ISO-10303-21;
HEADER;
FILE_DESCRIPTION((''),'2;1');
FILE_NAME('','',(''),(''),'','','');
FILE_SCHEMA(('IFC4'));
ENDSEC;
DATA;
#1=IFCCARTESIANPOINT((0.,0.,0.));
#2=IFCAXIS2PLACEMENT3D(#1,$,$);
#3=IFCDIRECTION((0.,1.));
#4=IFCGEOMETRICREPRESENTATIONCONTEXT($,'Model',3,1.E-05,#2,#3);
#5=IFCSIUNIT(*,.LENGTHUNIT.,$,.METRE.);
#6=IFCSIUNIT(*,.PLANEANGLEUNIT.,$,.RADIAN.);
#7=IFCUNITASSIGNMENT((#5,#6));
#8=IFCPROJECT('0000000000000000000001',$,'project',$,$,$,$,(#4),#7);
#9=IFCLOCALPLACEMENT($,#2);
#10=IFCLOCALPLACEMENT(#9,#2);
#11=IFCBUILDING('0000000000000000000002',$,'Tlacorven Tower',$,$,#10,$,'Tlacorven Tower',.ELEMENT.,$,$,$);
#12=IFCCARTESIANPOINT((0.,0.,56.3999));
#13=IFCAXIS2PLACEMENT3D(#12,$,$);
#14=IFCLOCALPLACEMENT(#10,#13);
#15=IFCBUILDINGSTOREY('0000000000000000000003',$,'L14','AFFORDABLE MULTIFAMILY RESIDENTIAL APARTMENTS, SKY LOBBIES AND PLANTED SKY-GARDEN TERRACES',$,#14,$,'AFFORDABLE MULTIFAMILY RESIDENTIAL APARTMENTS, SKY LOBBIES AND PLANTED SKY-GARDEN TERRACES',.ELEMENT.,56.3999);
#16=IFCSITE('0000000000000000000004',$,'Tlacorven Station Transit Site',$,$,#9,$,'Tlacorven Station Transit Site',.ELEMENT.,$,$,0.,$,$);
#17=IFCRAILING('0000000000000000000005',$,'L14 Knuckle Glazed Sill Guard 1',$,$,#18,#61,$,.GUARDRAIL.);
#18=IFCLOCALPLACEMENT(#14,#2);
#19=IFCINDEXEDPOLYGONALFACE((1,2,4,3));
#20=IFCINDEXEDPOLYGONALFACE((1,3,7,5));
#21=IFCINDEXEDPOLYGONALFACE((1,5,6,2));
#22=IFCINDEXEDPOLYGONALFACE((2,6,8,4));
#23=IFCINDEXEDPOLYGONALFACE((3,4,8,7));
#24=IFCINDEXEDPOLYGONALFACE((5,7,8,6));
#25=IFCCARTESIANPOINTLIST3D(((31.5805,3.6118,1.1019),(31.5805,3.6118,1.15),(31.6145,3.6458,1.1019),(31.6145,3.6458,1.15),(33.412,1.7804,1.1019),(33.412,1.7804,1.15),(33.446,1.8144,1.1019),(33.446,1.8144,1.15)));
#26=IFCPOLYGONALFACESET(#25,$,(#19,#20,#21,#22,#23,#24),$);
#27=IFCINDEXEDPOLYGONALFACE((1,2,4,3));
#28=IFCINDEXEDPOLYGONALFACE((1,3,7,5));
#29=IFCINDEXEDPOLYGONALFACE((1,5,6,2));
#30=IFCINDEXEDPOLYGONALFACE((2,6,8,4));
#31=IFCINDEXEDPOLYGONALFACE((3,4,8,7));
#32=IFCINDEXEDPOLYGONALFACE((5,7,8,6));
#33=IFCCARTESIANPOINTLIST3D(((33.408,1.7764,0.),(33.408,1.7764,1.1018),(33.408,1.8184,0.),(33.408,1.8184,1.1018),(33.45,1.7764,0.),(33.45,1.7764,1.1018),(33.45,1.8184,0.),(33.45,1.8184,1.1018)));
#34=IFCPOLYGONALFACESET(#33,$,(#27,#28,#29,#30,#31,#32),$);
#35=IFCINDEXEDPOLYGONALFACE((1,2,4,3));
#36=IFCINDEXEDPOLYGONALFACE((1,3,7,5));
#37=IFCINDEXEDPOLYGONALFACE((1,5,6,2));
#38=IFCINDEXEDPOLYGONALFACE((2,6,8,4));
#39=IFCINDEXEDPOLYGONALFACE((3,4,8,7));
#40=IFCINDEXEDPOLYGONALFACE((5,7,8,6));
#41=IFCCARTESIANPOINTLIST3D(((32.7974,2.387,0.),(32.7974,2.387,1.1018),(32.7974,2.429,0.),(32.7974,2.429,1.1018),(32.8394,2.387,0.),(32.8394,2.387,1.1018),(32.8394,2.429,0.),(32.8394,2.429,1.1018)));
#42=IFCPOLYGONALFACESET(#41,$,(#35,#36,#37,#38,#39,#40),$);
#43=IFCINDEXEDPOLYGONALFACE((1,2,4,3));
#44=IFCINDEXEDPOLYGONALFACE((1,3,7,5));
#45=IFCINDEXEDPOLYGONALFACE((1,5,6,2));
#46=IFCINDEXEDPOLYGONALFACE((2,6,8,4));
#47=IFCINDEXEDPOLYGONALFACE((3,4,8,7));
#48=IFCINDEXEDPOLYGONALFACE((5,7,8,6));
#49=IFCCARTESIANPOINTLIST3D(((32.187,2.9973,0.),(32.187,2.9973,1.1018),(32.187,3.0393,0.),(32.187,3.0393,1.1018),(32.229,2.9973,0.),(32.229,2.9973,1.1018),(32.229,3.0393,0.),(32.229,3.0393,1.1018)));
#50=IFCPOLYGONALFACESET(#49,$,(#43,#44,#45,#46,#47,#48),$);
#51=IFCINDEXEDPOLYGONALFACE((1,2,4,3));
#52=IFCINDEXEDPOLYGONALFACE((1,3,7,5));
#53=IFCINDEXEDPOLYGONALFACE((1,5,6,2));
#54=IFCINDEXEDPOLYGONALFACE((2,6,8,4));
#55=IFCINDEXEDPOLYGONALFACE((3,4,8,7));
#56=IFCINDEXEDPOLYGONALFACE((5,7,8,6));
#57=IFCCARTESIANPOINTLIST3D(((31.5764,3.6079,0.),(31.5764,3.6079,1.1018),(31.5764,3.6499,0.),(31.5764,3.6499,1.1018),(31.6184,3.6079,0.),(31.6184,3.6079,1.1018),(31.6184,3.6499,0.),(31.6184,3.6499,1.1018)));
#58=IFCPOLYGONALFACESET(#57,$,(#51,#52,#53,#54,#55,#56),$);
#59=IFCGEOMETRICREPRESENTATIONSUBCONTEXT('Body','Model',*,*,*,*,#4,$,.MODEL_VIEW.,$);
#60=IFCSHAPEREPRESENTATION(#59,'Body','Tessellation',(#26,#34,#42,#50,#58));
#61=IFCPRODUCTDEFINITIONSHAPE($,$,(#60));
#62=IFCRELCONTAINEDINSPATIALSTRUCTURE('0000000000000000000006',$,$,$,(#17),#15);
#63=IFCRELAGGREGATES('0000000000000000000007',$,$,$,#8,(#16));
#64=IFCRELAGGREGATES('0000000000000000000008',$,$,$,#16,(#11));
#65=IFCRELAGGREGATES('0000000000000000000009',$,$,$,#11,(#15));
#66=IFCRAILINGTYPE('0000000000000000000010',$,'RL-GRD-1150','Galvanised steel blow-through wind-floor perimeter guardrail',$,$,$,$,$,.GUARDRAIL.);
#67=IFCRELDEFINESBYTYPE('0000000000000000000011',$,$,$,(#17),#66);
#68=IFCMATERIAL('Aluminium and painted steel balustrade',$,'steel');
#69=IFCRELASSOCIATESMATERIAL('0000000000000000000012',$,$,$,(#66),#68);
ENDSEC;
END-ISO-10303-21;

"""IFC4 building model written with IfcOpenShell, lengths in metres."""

from ifc_helpers import new_model, si_unit, direction, frame, origin, origin_2d, place, context, subcontext, project, spatial, rectangle, extrude, source, transform, mapped, material, type_object, element, save


model = new_model("IFC4")

# Units and contexts
model_context = context("Model", 3, precision=1e-05, world=origin(), true_north=direction((0.0, 1.0)))
body_context = subcontext(model_context, "Body", "Model", "MODEL_VIEW")
ifc_project = project(units=[si_unit("LENGTHUNIT", "METRE"), si_unit("PLANEANGLEUNIT", "RADIAN")], contexts=[model_context])

# Site, building, storey
site_placement = place(None, origin())
site = spatial("IfcSite", under=ifc_project, at=site_placement, Name="Tlacorven Station Transit Site", LongName="Tlacorven Station Transit Site", CompositionType="ELEMENT", RefElevation=0.0)
building_placement = place(site_placement, origin())
building = spatial("IfcBuilding", under=site, at=building_placement, Name="Tlacorven Tower", LongName="Tlacorven Tower", CompositionType="ELEMENT")
storey_placement = place(building_placement, frame((0.0, 0.0, 56.3999)))
storey = spatial("IfcBuildingStorey", under=building, at=storey_placement, Name="L14", Description="AFFORDABLE MULTIFAMILY RESIDENTIAL APARTMENTS, SKY LOBBIES AND PLANTED SKY-GARDEN TERRACES", LongName="AFFORDABLE MULTIFAMILY RESIDENTIAL APARTMENTS, SKY LOBBIES AND PLANTED SKY-GARDEN TERRACES", CompositionType="ELEMENT", Elevation=56.3999)

# Railing
ifc_material_1 = material(Name="Aluminium and painted steel balustrade", Category="steel")
railing_type = type_object("IfcRailingType", Name="RL-GRD-1150", Description="Galvanised steel blow-through wind-floor perimeter guardrail", PredefinedType="GUARDRAIL", material=ifc_material_1)
shared_shape_1 = source(origin(), body_context, "Body", "SweptSolid", [
    extrude(rectangle(XDim=0.0481, YDim=0.0481, at=origin_2d()), frame((0.0, 0.0, 1.126), z_axis=(-0.707107, 0.707107, 0.0), x_axis=(-0.707107, -0.707107, 0.0)), (0.0, 0.0, 1.0), 2.5901),
    extrude(rectangle(XDim=0.042, YDim=0.042, at=origin_2d()), origin(), (0.0, 0.0, 1.0), 1.1018),
    extrude(rectangle(XDim=0.042, YDim=0.042, at=origin_2d()), frame((-0.6106, 0.6106, 0.0)), (0.0, 0.0, 1.0), 1.1018),
    extrude(rectangle(XDim=0.042, YDim=0.042, at=origin_2d()), frame((-1.2209, 1.2209, 0.0)), (0.0, 0.0, 1.0), 1.1018),
    extrude(rectangle(XDim=0.042, YDim=0.042, at=origin_2d()), frame((-1.8315, 1.8315, 0.0)), (0.0, 0.0, 1.0), 1.1018),
])
railing_placement = place(storey_placement, frame((33.429, 1.7974, 0.0)))
element("IfcRailing", 1, at=railing_placement, inside=storey, type_object=railing_type, Name="L14 Knuckle Glazed Sill Guard 1", PredefinedType="GUARDRAIL", context=body_context, shape_type="MappedRepresentation", body=[
    mapped(shared_shape_1, transform((0.0, 0.0, 0.0), scale=1.0)),
])

save(model, "model.ifc")
